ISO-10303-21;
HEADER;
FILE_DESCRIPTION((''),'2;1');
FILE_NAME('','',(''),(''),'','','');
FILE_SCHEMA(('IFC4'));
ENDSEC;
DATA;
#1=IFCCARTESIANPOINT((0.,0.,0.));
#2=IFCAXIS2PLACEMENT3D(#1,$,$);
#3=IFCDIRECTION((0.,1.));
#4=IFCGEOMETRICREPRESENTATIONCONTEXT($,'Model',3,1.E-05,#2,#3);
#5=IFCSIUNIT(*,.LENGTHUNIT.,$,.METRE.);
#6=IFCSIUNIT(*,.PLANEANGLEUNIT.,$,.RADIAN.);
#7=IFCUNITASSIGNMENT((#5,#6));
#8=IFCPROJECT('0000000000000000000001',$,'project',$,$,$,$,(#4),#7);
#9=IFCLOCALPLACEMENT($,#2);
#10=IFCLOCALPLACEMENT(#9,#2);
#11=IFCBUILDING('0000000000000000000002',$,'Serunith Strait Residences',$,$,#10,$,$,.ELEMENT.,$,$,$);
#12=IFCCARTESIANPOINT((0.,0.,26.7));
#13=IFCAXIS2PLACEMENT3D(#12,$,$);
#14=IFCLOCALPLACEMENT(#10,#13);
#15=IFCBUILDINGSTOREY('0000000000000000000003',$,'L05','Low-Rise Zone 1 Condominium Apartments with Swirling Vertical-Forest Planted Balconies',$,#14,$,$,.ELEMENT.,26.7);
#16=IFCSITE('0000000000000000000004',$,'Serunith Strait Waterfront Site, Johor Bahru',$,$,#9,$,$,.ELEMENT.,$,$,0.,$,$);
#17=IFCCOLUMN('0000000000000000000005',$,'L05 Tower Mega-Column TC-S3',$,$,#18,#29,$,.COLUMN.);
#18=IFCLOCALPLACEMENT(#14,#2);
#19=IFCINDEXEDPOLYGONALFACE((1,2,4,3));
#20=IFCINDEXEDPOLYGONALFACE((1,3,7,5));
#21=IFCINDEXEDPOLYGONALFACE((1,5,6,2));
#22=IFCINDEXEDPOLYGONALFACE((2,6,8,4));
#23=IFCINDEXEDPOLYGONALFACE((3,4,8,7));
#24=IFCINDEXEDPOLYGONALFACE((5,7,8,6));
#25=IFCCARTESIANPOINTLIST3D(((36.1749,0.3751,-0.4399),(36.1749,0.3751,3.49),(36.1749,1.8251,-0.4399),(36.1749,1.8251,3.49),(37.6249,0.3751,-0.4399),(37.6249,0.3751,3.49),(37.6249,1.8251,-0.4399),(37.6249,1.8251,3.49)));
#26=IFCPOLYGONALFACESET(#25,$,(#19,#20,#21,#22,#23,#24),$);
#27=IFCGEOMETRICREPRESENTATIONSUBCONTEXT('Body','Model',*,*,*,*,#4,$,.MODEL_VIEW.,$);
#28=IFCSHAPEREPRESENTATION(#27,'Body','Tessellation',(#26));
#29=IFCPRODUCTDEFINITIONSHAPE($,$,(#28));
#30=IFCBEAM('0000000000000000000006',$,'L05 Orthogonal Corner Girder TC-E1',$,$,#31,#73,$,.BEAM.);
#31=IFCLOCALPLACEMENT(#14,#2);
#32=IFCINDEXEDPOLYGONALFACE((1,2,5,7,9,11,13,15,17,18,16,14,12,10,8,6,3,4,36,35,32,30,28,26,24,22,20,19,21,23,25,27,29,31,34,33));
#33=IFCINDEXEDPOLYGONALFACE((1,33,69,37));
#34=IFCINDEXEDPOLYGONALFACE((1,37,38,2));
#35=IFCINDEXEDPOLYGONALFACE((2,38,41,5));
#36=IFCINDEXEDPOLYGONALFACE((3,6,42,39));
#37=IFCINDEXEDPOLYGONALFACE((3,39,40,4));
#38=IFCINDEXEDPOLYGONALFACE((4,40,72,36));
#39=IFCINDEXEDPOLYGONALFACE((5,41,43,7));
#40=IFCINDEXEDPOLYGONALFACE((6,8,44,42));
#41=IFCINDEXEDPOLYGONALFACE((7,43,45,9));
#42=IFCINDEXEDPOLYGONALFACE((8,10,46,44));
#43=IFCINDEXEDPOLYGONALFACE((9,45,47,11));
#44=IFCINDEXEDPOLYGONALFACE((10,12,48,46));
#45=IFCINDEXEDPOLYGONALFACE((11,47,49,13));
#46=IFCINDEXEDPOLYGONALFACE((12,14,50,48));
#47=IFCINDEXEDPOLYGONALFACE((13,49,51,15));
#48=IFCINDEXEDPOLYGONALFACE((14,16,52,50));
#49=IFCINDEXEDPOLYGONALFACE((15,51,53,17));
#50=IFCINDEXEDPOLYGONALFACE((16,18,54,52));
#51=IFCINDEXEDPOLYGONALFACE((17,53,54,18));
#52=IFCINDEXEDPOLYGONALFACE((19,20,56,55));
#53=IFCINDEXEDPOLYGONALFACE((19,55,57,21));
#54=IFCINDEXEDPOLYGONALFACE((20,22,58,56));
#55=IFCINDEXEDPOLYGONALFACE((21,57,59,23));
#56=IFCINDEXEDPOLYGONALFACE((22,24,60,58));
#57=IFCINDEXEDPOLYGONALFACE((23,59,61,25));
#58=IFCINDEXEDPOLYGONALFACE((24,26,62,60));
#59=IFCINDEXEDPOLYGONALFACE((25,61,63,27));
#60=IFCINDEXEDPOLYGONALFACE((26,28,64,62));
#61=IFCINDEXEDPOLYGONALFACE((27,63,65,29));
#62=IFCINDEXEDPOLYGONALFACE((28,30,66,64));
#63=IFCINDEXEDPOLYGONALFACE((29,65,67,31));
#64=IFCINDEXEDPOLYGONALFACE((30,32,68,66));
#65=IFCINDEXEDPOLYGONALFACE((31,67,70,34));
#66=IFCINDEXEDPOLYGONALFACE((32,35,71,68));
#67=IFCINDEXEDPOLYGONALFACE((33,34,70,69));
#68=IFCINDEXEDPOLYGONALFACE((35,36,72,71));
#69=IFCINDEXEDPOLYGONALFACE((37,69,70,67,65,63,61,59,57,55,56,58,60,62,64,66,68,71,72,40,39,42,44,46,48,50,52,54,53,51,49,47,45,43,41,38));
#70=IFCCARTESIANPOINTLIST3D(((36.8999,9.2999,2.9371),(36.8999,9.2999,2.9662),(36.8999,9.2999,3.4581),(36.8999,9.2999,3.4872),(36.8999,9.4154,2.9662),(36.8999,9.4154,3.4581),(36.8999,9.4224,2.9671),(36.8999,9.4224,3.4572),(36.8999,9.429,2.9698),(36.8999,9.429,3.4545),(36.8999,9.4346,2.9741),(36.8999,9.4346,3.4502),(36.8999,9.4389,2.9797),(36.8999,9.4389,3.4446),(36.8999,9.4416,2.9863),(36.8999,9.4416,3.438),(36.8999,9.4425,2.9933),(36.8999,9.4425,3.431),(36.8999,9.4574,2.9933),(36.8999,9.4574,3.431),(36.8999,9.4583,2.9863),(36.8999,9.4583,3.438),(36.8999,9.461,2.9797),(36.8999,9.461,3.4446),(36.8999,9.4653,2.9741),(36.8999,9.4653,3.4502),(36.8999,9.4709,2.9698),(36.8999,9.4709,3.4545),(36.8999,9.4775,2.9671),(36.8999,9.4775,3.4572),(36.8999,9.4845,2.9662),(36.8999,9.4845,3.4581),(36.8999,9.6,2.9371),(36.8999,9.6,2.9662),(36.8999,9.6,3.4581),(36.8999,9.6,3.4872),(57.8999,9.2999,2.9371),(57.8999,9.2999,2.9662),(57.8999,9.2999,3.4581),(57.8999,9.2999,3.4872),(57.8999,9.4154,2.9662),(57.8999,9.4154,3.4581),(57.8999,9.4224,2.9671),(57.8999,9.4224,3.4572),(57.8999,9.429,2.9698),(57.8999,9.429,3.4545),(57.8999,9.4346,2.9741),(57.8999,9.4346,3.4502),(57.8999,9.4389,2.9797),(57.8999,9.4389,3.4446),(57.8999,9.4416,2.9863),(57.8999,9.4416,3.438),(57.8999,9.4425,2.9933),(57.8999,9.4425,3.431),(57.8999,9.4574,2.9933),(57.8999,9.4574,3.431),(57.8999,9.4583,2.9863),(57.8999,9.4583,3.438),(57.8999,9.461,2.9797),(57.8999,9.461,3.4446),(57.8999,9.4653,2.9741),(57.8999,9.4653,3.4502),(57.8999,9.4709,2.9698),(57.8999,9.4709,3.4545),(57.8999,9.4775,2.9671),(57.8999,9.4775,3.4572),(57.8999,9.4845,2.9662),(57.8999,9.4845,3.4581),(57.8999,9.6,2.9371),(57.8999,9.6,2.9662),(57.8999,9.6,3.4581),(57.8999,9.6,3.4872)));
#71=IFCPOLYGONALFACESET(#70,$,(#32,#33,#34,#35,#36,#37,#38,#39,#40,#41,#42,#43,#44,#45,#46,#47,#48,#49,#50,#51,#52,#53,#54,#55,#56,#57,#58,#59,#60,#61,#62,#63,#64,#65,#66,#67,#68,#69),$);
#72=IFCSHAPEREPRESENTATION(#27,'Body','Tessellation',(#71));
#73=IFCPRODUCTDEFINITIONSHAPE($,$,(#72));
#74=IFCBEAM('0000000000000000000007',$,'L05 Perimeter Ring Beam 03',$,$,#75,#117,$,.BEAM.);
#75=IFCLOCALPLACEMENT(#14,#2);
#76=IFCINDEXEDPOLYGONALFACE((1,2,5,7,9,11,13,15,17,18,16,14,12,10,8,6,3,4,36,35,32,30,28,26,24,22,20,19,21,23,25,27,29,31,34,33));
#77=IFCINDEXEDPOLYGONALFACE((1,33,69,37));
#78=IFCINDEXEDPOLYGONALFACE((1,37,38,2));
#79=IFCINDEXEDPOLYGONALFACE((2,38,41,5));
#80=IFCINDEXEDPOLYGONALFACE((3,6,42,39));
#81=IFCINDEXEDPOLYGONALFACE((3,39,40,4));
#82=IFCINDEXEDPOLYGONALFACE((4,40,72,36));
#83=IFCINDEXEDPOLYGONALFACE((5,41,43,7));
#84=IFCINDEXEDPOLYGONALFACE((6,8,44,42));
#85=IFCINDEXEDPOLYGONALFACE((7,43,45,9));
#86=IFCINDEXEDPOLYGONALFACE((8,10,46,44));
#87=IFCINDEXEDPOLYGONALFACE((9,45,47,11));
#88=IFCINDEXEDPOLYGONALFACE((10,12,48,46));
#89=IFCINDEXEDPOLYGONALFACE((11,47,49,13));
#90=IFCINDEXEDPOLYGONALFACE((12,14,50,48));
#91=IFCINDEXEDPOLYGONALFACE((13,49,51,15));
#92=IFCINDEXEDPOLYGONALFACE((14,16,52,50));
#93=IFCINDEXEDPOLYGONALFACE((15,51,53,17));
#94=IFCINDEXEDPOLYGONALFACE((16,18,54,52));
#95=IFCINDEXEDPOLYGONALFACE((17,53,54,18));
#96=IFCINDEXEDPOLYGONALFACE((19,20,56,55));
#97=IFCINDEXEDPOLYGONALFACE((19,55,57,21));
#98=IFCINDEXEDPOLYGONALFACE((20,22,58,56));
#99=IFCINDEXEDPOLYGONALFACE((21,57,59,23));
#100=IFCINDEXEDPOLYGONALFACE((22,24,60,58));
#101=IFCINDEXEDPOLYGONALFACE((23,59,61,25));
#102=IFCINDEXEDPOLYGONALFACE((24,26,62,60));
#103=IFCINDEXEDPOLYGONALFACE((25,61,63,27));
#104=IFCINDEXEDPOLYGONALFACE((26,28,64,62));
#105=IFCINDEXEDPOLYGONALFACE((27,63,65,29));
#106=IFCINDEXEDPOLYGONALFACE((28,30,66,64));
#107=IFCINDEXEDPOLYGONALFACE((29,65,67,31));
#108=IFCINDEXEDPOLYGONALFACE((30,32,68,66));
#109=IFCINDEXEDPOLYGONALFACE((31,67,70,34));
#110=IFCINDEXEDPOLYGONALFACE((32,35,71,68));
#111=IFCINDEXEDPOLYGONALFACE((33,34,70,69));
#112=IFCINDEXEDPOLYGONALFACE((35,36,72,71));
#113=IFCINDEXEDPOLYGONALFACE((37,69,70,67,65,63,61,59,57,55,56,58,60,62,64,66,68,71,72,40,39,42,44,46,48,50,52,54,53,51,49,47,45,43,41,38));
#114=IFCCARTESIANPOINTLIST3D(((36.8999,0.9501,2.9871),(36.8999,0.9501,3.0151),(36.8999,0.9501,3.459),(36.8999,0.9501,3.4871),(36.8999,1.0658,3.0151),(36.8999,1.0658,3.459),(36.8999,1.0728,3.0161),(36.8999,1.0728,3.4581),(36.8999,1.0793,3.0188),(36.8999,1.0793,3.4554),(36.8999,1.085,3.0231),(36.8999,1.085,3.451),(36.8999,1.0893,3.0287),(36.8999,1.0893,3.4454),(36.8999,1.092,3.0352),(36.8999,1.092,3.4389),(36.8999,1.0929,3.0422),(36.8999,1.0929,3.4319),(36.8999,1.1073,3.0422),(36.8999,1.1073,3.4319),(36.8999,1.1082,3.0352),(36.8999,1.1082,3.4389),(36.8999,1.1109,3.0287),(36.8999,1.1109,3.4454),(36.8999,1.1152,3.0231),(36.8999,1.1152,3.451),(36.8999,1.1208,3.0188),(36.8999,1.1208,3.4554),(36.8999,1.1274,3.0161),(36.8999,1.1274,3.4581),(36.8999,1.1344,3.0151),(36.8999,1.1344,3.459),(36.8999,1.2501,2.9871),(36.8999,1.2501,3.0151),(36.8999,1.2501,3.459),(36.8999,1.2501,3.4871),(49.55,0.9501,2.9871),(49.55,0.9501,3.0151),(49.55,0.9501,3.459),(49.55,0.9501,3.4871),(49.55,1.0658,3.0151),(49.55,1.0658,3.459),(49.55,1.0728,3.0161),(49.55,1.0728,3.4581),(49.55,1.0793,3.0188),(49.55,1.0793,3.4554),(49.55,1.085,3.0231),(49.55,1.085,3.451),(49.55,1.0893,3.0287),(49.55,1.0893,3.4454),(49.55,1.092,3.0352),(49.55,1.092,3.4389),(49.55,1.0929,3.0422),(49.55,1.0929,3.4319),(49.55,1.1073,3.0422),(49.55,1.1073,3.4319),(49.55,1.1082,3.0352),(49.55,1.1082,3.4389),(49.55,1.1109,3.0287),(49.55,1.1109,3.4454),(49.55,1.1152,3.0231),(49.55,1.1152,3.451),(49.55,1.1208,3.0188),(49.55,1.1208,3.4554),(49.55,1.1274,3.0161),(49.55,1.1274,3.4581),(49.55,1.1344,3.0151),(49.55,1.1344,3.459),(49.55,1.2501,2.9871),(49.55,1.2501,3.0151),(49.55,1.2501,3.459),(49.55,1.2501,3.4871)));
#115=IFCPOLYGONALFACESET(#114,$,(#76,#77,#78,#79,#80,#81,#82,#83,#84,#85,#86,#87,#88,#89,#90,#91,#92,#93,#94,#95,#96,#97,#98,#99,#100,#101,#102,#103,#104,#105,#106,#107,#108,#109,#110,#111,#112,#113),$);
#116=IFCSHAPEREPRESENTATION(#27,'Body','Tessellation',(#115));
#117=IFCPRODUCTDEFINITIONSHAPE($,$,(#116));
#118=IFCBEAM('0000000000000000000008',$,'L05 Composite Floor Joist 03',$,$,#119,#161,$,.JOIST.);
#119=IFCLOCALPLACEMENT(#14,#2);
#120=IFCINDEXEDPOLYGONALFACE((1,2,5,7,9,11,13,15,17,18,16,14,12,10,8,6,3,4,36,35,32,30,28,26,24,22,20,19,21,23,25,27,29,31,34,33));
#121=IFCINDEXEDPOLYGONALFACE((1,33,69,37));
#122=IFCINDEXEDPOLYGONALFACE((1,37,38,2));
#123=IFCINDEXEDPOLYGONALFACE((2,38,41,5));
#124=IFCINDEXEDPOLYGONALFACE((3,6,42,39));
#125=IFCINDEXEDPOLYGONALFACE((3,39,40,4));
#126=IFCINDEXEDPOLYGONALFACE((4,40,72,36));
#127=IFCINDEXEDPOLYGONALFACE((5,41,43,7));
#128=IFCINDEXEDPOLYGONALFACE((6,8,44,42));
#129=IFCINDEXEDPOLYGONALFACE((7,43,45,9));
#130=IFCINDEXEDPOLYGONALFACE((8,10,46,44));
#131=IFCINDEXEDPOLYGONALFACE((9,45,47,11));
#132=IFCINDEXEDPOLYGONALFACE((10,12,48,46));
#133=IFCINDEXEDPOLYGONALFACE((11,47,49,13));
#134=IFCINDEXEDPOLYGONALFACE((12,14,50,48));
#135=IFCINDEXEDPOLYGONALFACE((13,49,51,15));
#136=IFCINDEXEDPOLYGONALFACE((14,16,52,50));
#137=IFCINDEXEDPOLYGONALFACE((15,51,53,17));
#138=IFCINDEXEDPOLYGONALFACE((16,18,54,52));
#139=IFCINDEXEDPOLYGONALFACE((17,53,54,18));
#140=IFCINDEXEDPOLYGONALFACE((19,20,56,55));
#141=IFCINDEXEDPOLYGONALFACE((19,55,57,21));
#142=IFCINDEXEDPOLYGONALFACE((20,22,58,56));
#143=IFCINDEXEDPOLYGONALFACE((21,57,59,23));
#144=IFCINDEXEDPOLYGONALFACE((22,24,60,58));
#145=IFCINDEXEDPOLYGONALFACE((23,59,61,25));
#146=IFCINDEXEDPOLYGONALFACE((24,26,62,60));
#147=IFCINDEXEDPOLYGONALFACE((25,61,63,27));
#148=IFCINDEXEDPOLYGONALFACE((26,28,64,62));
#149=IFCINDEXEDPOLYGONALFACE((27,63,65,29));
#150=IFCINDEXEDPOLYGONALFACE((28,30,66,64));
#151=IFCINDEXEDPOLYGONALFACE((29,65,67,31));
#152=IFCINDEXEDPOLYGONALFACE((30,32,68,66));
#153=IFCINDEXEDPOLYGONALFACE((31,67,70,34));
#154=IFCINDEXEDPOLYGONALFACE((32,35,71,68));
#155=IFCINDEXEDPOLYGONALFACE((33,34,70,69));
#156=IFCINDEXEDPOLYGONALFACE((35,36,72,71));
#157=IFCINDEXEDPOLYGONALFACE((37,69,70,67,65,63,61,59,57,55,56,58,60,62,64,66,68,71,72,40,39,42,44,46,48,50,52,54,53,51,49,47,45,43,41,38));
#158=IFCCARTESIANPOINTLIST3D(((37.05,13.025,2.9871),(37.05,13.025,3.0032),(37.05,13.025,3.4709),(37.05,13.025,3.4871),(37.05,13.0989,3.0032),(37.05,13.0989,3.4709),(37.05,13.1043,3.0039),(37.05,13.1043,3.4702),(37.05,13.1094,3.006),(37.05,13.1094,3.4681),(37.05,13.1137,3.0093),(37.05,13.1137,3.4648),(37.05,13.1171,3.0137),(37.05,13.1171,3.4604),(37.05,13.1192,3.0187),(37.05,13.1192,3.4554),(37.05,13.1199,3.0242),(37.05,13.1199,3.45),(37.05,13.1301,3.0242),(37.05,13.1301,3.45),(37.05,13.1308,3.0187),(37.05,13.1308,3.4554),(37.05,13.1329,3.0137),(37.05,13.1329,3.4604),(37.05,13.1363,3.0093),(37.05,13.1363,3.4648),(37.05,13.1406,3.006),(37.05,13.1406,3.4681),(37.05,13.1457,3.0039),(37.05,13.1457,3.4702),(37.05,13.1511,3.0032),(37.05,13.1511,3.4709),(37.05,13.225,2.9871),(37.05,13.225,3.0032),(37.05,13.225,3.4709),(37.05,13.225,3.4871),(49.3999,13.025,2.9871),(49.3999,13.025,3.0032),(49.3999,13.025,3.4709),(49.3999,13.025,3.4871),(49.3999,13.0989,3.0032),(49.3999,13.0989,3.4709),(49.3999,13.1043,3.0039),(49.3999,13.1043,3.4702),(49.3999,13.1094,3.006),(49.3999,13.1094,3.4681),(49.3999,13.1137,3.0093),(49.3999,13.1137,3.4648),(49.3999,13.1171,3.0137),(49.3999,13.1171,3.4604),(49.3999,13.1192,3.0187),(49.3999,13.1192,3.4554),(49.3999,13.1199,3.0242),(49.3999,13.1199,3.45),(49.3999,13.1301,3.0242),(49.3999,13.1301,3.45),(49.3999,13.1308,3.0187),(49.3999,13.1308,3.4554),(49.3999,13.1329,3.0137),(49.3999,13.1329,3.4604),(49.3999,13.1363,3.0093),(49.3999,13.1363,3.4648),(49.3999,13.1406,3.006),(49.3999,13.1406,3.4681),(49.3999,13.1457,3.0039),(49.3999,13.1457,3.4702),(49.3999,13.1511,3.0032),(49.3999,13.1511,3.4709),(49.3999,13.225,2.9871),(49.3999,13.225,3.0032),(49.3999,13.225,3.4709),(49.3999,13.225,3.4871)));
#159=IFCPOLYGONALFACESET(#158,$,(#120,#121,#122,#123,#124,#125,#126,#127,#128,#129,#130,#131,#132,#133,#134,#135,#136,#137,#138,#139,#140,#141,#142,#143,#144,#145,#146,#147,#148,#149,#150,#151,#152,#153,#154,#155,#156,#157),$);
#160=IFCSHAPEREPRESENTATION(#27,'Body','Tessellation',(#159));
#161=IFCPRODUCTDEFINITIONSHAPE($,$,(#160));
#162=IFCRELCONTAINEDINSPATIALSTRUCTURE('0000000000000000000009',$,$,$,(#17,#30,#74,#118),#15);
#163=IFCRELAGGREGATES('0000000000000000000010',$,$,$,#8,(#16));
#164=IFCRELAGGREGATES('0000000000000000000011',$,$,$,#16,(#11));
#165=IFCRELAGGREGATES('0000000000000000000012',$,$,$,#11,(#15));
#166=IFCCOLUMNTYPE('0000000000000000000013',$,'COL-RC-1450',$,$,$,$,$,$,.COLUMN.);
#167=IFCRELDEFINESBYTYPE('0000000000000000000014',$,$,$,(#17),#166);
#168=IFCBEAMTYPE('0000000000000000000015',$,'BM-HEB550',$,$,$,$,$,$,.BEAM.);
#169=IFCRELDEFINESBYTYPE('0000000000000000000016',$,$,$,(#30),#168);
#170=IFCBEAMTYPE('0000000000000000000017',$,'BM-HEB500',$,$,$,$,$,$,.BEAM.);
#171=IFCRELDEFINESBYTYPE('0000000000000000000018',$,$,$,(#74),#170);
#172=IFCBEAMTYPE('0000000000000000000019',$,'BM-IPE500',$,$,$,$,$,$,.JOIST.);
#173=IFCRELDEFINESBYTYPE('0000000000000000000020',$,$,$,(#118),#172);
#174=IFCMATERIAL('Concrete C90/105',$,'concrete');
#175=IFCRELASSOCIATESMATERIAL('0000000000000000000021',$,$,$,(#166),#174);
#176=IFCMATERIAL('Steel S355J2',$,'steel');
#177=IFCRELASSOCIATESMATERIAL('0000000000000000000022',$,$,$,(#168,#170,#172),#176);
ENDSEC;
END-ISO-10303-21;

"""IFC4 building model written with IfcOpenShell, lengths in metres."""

from ifc_helpers import new_model, si_unit, direction, frame, origin, origin_2d, place, context, subcontext, project, spatial, rectangle, i_section, extrude, source, transform, mapped, material, material_profile, profile_set, type_object, element, save


model = new_model("IFC4")

# Units and contexts
model_context = context("Model", 3, precision=1e-05, world=origin(), true_north=direction((0.0, 1.0)))
body_context = subcontext(model_context, "Body", "Model", "MODEL_VIEW")
ifc_project = project(units=[si_unit("LENGTHUNIT", "METRE"), si_unit("PLANEANGLEUNIT", "RADIAN")], contexts=[model_context])

# Site, building, storey
site_placement = place(None, origin())
site = spatial("IfcSite", under=ifc_project, at=site_placement, Name="Serunith Strait Waterfront Site, Johor Bahru", CompositionType="ELEMENT", RefElevation=0.0)
building_placement = place(site_placement, origin())
building = spatial("IfcBuilding", under=site, at=building_placement, Name="Serunith Strait Residences", CompositionType="ELEMENT")
storey_placement = place(building_placement, frame((0.0, 0.0, 26.7)))
storey = spatial("IfcBuildingStorey", under=building, at=storey_placement, Name="L05", Description="Low-Rise Zone 1 Condominium Apartments with Swirling Vertical-Forest Planted Balconies", CompositionType="ELEMENT", Elevation=26.7)

# Column
ifc_material_1 = material(Name="Concrete C90/105", Category="concrete")
ifc_material_profile_1 = material_profile(ifc_material_1, rectangle(XDim=1.45, YDim=1.45, at=origin_2d()), Name="RC 1450x1450")
ifc_profile_set_1 = profile_set([ifc_material_profile_1], Name="Concrete C90/105")
column_type = type_object("IfcColumnType", Name="COL-RC-1450", PredefinedType="COLUMN", material=ifc_profile_set_1)
shared_shape_1 = source(origin(), body_context, "Body", "SweptSolid", [
    extrude(rectangle(XDim=1.45, YDim=1.45, at=origin_2d()), origin(), (0.0, 0.0, 1.0), 3.9299),
])
column_placement = place(storey_placement, frame((36.8999, 1.1001, -0.4399), z_axis=(0.0, 0.0, 1.0), x_axis=(1.0, 0.0, 0.0)))
element("IfcColumn", 1, at=column_placement, inside=storey, type_object=column_type, Name="L05 Tower Mega-Column TC-S3", PredefinedType="COLUMN", context=body_context, shape_type="MappedRepresentation", body=[
    mapped(shared_shape_1, transform((0.0, 0.0, 0.0), scale=1.0)),
])

# Beams
ifc_material_2 = material(Name="Steel S355J2", Category="steel")
ifc_material_profile_2 = material_profile(ifc_material_2, i_section(OverallWidth=0.3, OverallDepth=0.55, WebThickness=0.0149, FlangeThickness=0.0291, FilletRadius=0.0271, at=origin_2d()), Name="HEB 550")
ifc_profile_set_2 = profile_set([ifc_material_profile_2], Name="Steel S355J2")
beam_type_1 = type_object("IfcBeamType", Name="BM-HEB550", PredefinedType="BEAM", material=ifc_profile_set_2)
shared_shape_2 = source(origin(), body_context, "Body", "SweptSolid", [
    extrude(i_section(OverallWidth=0.3, OverallDepth=0.55, WebThickness=0.0149, FlangeThickness=0.0291, FilletRadius=0.0271, at=origin_2d()), origin(), (0.0, 0.0, 1.0), 21.0),
])
beam_1_placement = place(storey_placement, frame((36.8999, 9.45, 3.2122), z_axis=(1.0, 0.0, 0.0), x_axis=(0.0, 1.0, 0.0)))
element("IfcBeam", 2, at=beam_1_placement, inside=storey, type_object=beam_type_1, Name="L05 Orthogonal Corner Girder TC-E1", PredefinedType="BEAM", context=body_context, shape_type="MappedRepresentation", body=[
    mapped(shared_shape_2, transform((0.0, 0.0, 0.0), scale=1.0)),
])
ifc_material_profile_3 = material_profile(ifc_material_2, i_section(OverallWidth=0.3, OverallDepth=0.5, WebThickness=0.0144, FlangeThickness=0.0281, FilletRadius=0.0271, at=origin_2d()), Name="HEB 500")
ifc_profile_set_3 = profile_set([ifc_material_profile_3], Name="Steel S355J2")
beam_type_2 = type_object("IfcBeamType", Name="BM-HEB500", PredefinedType="BEAM", material=ifc_profile_set_3)
shared_shape_3 = source(origin(), body_context, "Body", "SweptSolid", [
    extrude(i_section(OverallWidth=0.3, OverallDepth=0.5, WebThickness=0.0144, FlangeThickness=0.0281, FilletRadius=0.0271, at=origin_2d()), origin(), (0.0, 0.0, 1.0), 12.6501),
])
beam_2_placement = place(storey_placement, frame((36.8999, 1.1001, 3.2371), z_axis=(1.0, 0.0, 0.0), x_axis=(0.0, 1.0, 0.0)))
element("IfcBeam", 3, at=beam_2_placement, inside=storey, type_object=beam_type_2, Name="L05 Perimeter Ring Beam 03", PredefinedType="BEAM", context=body_context, shape_type="MappedRepresentation", body=[
    mapped(shared_shape_3, transform((0.0, 0.0, 0.0), scale=1.0)),
])
ifc_material_profile_4 = material_profile(ifc_material_2, i_section(OverallWidth=0.2, OverallDepth=0.5, WebThickness=0.0103, FlangeThickness=0.0161, FilletRadius=0.021, at=origin_2d()), Name="IPE 500")
ifc_profile_set_4 = profile_set([ifc_material_profile_4], Name="Steel S355J2")
beam_type_3 = type_object("IfcBeamType", Name="BM-IPE500", PredefinedType="JOIST", material=ifc_profile_set_4)
shared_shape_4 = source(origin(), body_context, "Body", "SweptSolid", [
    extrude(i_section(OverallWidth=0.2, OverallDepth=0.5, WebThickness=0.0103, FlangeThickness=0.0161, FilletRadius=0.021, at=origin_2d()), origin(), (0.0, 0.0, 1.0), 12.3499),
])
beam_3_placement = place(storey_placement, frame((37.05, 13.125, 3.2371), z_axis=(1.0, 0.0, 0.0), x_axis=(0.0, 1.0, 0.0)))
element("IfcBeam", 4, at=beam_3_placement, inside=storey, type_object=beam_type_3, Name="L05 Composite Floor Joist 03", PredefinedType="JOIST", context=body_context, shape_type="MappedRepresentation", body=[
    mapped(shared_shape_4, transform((0.0, 0.0, 0.0), scale=1.0)),
])

save(model, "model.ifc")
